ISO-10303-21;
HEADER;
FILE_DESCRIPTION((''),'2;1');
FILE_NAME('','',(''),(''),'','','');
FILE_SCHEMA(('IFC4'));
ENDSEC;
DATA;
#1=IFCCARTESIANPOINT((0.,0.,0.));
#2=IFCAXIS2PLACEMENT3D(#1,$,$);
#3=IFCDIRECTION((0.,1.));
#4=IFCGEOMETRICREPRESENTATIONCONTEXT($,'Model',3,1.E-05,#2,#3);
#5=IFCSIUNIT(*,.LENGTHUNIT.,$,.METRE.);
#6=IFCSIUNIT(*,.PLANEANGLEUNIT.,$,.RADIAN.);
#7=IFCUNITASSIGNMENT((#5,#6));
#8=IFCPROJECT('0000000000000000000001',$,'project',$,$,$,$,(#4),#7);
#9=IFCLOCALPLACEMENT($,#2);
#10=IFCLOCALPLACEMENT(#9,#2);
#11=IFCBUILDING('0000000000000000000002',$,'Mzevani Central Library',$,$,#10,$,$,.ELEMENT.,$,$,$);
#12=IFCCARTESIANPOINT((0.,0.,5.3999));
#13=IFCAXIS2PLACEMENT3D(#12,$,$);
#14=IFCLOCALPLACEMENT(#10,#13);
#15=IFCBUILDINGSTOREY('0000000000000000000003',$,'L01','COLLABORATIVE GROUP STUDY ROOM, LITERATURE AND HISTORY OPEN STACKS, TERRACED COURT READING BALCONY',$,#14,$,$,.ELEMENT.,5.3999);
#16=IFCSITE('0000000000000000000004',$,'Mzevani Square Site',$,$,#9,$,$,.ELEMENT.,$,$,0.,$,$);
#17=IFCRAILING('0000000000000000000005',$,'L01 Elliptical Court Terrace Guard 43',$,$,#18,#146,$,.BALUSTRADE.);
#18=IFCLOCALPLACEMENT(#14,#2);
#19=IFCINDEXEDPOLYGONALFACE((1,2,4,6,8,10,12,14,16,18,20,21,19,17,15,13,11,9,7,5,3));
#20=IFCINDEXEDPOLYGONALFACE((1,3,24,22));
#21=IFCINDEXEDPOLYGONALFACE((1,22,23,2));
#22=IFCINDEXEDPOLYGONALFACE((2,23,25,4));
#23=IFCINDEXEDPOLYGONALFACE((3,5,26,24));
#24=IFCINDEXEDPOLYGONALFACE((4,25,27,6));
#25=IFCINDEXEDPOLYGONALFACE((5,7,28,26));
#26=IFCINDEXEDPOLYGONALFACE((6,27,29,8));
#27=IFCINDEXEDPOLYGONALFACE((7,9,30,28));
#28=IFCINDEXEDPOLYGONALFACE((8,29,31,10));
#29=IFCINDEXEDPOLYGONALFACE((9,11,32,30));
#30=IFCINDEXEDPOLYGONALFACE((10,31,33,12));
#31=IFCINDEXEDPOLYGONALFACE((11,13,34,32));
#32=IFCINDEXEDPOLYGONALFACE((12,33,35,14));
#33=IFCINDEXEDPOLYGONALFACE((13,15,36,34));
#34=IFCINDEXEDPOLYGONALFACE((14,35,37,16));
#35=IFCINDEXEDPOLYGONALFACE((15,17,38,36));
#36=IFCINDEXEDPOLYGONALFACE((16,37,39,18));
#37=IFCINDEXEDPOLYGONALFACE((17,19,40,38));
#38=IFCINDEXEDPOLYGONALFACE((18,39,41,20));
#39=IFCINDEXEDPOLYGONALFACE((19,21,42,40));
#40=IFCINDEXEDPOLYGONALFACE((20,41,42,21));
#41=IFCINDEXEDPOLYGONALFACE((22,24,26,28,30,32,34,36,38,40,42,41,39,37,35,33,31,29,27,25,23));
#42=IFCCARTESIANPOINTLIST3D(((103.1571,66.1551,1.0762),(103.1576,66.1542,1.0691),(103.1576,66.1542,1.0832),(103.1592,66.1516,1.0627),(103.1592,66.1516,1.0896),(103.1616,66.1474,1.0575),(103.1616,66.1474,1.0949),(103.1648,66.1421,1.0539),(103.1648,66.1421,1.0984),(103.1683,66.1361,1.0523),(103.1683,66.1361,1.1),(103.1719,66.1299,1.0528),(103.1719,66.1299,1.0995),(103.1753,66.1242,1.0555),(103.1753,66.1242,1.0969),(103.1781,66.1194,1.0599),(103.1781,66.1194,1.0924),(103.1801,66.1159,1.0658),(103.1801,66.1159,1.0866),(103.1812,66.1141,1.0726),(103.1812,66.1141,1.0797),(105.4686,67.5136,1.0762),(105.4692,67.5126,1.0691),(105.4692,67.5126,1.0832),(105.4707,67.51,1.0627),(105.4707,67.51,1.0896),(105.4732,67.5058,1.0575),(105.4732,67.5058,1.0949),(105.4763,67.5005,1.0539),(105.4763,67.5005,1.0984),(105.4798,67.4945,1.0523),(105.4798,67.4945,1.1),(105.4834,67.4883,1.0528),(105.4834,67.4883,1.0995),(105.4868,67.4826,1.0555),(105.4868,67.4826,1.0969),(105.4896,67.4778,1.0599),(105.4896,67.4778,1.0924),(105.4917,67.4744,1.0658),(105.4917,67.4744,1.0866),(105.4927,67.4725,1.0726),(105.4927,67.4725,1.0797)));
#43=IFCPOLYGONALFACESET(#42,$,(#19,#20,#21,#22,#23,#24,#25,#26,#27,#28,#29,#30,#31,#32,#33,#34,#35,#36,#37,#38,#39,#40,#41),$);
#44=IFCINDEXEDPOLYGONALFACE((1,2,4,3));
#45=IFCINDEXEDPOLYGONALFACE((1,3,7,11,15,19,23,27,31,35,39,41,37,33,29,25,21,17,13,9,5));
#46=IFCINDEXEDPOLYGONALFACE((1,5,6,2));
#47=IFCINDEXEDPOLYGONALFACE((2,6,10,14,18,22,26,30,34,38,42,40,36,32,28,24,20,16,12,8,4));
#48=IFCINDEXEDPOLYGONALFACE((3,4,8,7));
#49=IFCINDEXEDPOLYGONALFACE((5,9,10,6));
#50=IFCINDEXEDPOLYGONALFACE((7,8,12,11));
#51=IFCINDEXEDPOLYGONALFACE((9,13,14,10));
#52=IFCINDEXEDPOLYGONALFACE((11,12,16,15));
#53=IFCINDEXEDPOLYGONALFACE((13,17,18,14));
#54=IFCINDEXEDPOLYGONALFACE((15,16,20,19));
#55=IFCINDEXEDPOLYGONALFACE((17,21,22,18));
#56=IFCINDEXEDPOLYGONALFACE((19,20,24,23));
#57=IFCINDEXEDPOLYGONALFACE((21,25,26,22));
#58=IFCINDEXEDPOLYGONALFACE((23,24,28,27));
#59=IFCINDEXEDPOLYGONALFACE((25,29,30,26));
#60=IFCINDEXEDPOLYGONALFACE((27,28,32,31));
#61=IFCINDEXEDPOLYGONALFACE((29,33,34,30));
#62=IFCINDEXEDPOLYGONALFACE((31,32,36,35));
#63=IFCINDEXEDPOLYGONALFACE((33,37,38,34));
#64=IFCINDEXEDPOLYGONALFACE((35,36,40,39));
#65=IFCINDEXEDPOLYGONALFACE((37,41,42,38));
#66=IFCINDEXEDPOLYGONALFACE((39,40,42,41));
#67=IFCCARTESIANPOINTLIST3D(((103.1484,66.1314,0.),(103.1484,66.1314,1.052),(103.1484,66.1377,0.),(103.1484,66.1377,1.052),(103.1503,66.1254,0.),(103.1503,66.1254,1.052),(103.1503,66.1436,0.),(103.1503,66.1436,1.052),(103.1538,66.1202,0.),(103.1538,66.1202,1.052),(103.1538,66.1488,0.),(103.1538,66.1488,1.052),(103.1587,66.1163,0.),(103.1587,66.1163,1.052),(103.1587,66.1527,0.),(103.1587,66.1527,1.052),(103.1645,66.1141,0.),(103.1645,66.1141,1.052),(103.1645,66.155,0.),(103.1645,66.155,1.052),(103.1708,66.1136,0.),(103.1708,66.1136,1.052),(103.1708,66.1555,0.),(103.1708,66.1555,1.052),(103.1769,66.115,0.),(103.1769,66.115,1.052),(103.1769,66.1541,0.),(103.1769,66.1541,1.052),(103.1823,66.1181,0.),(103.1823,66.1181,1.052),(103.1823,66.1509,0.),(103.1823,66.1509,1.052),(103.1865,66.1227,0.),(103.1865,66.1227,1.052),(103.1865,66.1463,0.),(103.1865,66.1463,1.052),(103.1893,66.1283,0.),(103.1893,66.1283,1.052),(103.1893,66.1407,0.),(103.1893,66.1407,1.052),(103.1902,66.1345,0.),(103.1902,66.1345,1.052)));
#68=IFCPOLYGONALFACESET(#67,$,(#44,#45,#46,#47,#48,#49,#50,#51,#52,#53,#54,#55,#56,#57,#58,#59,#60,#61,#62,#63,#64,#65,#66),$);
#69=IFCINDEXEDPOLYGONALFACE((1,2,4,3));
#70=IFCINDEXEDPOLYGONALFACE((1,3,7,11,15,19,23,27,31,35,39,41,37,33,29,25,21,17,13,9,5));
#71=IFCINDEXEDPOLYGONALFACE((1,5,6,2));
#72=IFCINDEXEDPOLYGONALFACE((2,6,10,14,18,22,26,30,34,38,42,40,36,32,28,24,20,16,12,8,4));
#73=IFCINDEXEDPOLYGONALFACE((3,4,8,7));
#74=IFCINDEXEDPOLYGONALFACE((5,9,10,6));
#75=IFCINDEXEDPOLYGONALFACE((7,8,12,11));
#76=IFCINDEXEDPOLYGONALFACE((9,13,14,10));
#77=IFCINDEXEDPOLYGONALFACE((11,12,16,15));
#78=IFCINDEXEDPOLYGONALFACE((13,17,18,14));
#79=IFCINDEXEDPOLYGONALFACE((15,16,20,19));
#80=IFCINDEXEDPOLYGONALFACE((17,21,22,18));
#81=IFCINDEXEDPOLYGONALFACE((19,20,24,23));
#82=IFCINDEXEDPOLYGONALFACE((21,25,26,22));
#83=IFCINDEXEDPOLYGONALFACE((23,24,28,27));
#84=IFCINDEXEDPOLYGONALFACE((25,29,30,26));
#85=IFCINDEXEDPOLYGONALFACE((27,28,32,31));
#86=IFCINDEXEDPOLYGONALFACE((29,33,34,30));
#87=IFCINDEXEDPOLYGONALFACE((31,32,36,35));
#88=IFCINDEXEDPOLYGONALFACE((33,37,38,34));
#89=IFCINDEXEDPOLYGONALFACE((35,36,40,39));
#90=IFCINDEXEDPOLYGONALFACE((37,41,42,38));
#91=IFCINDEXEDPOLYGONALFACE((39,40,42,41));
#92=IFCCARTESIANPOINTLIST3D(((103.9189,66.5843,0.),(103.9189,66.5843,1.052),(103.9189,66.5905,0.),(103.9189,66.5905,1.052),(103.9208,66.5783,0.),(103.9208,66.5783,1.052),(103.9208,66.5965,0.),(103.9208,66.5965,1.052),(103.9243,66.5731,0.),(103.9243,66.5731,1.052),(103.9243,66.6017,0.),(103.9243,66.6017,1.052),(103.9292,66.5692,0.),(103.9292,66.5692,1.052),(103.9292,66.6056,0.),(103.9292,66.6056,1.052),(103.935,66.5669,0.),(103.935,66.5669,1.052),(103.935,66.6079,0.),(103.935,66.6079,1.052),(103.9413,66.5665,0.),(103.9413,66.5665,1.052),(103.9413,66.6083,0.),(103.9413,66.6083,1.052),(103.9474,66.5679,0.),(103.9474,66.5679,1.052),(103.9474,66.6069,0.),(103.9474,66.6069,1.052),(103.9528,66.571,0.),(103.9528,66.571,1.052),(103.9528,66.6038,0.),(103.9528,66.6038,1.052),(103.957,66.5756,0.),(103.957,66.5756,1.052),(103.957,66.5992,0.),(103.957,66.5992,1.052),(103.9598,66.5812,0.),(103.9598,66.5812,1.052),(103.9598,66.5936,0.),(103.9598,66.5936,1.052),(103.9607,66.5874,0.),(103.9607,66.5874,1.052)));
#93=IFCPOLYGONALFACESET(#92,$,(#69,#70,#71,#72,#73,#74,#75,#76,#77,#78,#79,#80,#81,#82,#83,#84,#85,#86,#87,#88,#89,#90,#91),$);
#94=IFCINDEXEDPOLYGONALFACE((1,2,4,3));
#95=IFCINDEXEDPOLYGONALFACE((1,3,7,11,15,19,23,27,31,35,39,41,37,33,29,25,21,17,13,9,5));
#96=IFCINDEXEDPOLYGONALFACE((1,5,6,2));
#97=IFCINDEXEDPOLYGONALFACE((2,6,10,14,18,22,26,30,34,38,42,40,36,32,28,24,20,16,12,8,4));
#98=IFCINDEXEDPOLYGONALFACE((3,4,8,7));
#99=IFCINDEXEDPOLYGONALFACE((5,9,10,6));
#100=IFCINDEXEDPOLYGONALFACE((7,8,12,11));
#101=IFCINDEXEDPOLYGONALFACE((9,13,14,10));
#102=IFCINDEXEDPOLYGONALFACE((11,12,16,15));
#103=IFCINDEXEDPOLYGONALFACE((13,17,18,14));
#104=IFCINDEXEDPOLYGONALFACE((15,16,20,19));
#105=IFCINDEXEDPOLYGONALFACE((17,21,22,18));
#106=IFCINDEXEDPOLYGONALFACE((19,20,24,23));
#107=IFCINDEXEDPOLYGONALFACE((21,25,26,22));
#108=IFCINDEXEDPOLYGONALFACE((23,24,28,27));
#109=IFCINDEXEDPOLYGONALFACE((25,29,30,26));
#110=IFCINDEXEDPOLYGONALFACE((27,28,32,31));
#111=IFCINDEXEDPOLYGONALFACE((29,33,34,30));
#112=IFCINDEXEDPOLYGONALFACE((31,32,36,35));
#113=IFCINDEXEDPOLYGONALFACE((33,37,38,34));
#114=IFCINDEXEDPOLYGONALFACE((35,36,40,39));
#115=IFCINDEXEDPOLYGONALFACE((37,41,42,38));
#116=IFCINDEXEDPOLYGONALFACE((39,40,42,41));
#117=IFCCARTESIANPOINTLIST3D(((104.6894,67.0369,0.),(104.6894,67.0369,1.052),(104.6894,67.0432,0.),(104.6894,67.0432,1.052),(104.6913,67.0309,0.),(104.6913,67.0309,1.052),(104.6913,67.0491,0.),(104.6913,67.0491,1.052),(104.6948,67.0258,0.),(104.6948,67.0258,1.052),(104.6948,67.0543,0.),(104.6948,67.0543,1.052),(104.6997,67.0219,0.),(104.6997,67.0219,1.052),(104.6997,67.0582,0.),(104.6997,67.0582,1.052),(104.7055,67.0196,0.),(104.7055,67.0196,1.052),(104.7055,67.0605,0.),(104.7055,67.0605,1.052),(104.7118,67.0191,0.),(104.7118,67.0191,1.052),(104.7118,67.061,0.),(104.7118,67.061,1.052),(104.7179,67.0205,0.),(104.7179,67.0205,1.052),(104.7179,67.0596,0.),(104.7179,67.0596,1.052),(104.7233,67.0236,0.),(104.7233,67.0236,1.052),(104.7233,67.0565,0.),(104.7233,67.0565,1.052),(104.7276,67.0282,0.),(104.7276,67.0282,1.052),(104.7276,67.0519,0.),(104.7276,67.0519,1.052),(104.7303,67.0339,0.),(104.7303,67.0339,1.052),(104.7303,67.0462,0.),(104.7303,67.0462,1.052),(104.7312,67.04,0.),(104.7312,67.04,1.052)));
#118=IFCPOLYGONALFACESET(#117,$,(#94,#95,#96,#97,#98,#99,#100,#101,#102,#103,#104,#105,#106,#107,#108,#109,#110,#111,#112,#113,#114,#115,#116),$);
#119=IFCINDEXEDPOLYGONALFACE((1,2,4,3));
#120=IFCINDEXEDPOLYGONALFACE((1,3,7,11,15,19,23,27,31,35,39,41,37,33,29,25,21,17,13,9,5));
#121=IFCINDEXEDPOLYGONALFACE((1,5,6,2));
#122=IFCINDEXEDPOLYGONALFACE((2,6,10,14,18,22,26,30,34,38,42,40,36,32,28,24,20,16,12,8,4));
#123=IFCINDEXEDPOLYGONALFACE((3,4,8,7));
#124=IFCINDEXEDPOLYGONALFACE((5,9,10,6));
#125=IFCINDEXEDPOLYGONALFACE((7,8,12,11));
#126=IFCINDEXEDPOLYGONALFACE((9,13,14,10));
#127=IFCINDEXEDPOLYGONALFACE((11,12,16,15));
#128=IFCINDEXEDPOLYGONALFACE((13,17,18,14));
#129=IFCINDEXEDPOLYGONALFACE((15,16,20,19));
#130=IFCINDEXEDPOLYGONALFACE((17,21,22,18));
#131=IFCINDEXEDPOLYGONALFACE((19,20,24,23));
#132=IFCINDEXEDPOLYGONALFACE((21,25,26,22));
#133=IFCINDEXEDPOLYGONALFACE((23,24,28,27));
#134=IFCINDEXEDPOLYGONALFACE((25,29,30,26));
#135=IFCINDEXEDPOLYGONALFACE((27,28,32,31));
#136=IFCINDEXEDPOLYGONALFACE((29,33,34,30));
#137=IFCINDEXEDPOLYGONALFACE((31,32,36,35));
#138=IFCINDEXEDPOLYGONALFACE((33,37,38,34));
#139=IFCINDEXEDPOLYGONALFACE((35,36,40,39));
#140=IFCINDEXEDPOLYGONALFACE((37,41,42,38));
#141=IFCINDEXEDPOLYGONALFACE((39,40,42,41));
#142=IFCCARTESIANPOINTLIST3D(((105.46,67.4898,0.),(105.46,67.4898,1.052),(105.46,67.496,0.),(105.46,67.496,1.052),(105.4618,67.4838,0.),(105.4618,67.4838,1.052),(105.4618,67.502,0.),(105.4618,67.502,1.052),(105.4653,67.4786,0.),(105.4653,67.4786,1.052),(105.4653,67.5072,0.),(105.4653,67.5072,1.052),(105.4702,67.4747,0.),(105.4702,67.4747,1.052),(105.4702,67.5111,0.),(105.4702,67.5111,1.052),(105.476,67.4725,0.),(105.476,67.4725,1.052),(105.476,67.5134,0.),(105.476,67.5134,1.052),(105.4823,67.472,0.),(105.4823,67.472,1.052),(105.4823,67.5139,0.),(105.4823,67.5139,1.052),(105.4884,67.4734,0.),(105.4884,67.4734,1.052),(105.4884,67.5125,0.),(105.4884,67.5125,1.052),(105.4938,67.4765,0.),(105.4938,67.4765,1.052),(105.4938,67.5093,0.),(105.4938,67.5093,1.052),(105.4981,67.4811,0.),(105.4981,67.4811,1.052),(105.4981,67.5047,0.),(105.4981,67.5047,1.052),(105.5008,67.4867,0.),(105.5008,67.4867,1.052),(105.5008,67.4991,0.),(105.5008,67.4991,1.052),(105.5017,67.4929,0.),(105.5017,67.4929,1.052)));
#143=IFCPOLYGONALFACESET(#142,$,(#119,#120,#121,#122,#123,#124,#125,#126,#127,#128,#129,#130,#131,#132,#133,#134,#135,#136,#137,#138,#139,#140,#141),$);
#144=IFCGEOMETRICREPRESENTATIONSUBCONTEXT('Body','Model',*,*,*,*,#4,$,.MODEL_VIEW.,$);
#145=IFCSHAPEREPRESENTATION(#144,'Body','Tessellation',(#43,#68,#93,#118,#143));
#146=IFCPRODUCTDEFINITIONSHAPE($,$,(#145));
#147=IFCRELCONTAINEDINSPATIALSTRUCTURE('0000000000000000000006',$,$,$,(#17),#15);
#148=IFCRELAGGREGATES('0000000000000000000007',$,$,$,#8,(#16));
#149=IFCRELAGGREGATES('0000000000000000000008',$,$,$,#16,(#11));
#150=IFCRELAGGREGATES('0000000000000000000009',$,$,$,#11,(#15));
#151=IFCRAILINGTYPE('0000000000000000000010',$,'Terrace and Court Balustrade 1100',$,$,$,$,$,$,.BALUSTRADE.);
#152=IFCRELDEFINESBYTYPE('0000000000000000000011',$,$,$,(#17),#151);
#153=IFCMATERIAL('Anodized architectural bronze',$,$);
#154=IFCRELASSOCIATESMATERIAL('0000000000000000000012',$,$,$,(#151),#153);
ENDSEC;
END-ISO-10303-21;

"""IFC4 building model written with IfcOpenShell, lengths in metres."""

from ifc_helpers import new_model, si_unit, direction, frame, origin, origin_2d, place, context, subcontext, project, spatial, circle, extrude, material, type_object, element, save


model = new_model("IFC4")

# Units and contexts
model_context = context("Model", 3, precision=1e-05, world=origin(), true_north=direction((0.0, 1.0)))
body_context = subcontext(model_context, "Body", "Model", "MODEL_VIEW")
ifc_project = project(units=[si_unit("LENGTHUNIT", "METRE"), si_unit("PLANEANGLEUNIT", "RADIAN")], contexts=[model_context])

# Site, building, storey
site_placement = place(None, origin())
site = spatial("IfcSite", under=ifc_project, at=site_placement, Name="Mzevani Square Site", CompositionType="ELEMENT", RefElevation=0.0)
building_placement = place(site_placement, origin())
building = spatial("IfcBuilding", under=site, at=building_placement, Name="Mzevani Central Library", CompositionType="ELEMENT")
storey_placement = place(building_placement, frame((0.0, 0.0, 5.3999)))
storey = spatial("IfcBuildingStorey", under=building, at=storey_placement, Name="L01", Description="COLLABORATIVE GROUP STUDY ROOM, LITERATURE AND HISTORY OPEN STACKS, TERRACED COURT READING BALCONY", CompositionType="ELEMENT", Elevation=5.3999)

# Railing
ifc_material_1 = material(Name="Anodized architectural bronze")
railing_type = type_object("IfcRailingType", Name="Terrace and Court Balustrade 1100", PredefinedType="BALUSTRADE", material=ifc_material_1)
railing_1_placement = place(storey_placement, frame((103.1692, 66.1345, 0.0)))
element("IfcRailing", 1, at=railing_1_placement, inside=storey, type_object=railing_type, Name="L01 Elliptical Court Terrace Guard 43", PredefinedType="BALUSTRADE", context=body_context, shape_type="SweptSolid", body=[
    extrude(circle(Radius=0.0239, at=origin_2d()), frame((0.0, 0.0, 1.0762), z_axis=(0.862149, 0.506654, 0.0), x_axis=(-0.506654, 0.862149, 0.0)), (0.0, 0.0, 1.0), 2.6812),
    extrude(circle(Radius=0.021, at=origin_2d()), origin(), (0.0, 0.0, 1.0), 1.052),
    extrude(circle(Radius=0.021, at=origin_2d()), frame((0.7705, 0.4529, 0.0)), (0.0, 0.0, 1.0), 1.052),
    extrude(circle(Radius=0.021, at=origin_2d()), frame((1.541, 0.9055, 0.0)), (0.0, 0.0, 1.0), 1.052),
    extrude(circle(Radius=0.021, at=origin_2d()), frame((2.3115, 1.3584, 0.0)), (0.0, 0.0, 1.0), 1.052),
])

save(model, "model.ifc")
